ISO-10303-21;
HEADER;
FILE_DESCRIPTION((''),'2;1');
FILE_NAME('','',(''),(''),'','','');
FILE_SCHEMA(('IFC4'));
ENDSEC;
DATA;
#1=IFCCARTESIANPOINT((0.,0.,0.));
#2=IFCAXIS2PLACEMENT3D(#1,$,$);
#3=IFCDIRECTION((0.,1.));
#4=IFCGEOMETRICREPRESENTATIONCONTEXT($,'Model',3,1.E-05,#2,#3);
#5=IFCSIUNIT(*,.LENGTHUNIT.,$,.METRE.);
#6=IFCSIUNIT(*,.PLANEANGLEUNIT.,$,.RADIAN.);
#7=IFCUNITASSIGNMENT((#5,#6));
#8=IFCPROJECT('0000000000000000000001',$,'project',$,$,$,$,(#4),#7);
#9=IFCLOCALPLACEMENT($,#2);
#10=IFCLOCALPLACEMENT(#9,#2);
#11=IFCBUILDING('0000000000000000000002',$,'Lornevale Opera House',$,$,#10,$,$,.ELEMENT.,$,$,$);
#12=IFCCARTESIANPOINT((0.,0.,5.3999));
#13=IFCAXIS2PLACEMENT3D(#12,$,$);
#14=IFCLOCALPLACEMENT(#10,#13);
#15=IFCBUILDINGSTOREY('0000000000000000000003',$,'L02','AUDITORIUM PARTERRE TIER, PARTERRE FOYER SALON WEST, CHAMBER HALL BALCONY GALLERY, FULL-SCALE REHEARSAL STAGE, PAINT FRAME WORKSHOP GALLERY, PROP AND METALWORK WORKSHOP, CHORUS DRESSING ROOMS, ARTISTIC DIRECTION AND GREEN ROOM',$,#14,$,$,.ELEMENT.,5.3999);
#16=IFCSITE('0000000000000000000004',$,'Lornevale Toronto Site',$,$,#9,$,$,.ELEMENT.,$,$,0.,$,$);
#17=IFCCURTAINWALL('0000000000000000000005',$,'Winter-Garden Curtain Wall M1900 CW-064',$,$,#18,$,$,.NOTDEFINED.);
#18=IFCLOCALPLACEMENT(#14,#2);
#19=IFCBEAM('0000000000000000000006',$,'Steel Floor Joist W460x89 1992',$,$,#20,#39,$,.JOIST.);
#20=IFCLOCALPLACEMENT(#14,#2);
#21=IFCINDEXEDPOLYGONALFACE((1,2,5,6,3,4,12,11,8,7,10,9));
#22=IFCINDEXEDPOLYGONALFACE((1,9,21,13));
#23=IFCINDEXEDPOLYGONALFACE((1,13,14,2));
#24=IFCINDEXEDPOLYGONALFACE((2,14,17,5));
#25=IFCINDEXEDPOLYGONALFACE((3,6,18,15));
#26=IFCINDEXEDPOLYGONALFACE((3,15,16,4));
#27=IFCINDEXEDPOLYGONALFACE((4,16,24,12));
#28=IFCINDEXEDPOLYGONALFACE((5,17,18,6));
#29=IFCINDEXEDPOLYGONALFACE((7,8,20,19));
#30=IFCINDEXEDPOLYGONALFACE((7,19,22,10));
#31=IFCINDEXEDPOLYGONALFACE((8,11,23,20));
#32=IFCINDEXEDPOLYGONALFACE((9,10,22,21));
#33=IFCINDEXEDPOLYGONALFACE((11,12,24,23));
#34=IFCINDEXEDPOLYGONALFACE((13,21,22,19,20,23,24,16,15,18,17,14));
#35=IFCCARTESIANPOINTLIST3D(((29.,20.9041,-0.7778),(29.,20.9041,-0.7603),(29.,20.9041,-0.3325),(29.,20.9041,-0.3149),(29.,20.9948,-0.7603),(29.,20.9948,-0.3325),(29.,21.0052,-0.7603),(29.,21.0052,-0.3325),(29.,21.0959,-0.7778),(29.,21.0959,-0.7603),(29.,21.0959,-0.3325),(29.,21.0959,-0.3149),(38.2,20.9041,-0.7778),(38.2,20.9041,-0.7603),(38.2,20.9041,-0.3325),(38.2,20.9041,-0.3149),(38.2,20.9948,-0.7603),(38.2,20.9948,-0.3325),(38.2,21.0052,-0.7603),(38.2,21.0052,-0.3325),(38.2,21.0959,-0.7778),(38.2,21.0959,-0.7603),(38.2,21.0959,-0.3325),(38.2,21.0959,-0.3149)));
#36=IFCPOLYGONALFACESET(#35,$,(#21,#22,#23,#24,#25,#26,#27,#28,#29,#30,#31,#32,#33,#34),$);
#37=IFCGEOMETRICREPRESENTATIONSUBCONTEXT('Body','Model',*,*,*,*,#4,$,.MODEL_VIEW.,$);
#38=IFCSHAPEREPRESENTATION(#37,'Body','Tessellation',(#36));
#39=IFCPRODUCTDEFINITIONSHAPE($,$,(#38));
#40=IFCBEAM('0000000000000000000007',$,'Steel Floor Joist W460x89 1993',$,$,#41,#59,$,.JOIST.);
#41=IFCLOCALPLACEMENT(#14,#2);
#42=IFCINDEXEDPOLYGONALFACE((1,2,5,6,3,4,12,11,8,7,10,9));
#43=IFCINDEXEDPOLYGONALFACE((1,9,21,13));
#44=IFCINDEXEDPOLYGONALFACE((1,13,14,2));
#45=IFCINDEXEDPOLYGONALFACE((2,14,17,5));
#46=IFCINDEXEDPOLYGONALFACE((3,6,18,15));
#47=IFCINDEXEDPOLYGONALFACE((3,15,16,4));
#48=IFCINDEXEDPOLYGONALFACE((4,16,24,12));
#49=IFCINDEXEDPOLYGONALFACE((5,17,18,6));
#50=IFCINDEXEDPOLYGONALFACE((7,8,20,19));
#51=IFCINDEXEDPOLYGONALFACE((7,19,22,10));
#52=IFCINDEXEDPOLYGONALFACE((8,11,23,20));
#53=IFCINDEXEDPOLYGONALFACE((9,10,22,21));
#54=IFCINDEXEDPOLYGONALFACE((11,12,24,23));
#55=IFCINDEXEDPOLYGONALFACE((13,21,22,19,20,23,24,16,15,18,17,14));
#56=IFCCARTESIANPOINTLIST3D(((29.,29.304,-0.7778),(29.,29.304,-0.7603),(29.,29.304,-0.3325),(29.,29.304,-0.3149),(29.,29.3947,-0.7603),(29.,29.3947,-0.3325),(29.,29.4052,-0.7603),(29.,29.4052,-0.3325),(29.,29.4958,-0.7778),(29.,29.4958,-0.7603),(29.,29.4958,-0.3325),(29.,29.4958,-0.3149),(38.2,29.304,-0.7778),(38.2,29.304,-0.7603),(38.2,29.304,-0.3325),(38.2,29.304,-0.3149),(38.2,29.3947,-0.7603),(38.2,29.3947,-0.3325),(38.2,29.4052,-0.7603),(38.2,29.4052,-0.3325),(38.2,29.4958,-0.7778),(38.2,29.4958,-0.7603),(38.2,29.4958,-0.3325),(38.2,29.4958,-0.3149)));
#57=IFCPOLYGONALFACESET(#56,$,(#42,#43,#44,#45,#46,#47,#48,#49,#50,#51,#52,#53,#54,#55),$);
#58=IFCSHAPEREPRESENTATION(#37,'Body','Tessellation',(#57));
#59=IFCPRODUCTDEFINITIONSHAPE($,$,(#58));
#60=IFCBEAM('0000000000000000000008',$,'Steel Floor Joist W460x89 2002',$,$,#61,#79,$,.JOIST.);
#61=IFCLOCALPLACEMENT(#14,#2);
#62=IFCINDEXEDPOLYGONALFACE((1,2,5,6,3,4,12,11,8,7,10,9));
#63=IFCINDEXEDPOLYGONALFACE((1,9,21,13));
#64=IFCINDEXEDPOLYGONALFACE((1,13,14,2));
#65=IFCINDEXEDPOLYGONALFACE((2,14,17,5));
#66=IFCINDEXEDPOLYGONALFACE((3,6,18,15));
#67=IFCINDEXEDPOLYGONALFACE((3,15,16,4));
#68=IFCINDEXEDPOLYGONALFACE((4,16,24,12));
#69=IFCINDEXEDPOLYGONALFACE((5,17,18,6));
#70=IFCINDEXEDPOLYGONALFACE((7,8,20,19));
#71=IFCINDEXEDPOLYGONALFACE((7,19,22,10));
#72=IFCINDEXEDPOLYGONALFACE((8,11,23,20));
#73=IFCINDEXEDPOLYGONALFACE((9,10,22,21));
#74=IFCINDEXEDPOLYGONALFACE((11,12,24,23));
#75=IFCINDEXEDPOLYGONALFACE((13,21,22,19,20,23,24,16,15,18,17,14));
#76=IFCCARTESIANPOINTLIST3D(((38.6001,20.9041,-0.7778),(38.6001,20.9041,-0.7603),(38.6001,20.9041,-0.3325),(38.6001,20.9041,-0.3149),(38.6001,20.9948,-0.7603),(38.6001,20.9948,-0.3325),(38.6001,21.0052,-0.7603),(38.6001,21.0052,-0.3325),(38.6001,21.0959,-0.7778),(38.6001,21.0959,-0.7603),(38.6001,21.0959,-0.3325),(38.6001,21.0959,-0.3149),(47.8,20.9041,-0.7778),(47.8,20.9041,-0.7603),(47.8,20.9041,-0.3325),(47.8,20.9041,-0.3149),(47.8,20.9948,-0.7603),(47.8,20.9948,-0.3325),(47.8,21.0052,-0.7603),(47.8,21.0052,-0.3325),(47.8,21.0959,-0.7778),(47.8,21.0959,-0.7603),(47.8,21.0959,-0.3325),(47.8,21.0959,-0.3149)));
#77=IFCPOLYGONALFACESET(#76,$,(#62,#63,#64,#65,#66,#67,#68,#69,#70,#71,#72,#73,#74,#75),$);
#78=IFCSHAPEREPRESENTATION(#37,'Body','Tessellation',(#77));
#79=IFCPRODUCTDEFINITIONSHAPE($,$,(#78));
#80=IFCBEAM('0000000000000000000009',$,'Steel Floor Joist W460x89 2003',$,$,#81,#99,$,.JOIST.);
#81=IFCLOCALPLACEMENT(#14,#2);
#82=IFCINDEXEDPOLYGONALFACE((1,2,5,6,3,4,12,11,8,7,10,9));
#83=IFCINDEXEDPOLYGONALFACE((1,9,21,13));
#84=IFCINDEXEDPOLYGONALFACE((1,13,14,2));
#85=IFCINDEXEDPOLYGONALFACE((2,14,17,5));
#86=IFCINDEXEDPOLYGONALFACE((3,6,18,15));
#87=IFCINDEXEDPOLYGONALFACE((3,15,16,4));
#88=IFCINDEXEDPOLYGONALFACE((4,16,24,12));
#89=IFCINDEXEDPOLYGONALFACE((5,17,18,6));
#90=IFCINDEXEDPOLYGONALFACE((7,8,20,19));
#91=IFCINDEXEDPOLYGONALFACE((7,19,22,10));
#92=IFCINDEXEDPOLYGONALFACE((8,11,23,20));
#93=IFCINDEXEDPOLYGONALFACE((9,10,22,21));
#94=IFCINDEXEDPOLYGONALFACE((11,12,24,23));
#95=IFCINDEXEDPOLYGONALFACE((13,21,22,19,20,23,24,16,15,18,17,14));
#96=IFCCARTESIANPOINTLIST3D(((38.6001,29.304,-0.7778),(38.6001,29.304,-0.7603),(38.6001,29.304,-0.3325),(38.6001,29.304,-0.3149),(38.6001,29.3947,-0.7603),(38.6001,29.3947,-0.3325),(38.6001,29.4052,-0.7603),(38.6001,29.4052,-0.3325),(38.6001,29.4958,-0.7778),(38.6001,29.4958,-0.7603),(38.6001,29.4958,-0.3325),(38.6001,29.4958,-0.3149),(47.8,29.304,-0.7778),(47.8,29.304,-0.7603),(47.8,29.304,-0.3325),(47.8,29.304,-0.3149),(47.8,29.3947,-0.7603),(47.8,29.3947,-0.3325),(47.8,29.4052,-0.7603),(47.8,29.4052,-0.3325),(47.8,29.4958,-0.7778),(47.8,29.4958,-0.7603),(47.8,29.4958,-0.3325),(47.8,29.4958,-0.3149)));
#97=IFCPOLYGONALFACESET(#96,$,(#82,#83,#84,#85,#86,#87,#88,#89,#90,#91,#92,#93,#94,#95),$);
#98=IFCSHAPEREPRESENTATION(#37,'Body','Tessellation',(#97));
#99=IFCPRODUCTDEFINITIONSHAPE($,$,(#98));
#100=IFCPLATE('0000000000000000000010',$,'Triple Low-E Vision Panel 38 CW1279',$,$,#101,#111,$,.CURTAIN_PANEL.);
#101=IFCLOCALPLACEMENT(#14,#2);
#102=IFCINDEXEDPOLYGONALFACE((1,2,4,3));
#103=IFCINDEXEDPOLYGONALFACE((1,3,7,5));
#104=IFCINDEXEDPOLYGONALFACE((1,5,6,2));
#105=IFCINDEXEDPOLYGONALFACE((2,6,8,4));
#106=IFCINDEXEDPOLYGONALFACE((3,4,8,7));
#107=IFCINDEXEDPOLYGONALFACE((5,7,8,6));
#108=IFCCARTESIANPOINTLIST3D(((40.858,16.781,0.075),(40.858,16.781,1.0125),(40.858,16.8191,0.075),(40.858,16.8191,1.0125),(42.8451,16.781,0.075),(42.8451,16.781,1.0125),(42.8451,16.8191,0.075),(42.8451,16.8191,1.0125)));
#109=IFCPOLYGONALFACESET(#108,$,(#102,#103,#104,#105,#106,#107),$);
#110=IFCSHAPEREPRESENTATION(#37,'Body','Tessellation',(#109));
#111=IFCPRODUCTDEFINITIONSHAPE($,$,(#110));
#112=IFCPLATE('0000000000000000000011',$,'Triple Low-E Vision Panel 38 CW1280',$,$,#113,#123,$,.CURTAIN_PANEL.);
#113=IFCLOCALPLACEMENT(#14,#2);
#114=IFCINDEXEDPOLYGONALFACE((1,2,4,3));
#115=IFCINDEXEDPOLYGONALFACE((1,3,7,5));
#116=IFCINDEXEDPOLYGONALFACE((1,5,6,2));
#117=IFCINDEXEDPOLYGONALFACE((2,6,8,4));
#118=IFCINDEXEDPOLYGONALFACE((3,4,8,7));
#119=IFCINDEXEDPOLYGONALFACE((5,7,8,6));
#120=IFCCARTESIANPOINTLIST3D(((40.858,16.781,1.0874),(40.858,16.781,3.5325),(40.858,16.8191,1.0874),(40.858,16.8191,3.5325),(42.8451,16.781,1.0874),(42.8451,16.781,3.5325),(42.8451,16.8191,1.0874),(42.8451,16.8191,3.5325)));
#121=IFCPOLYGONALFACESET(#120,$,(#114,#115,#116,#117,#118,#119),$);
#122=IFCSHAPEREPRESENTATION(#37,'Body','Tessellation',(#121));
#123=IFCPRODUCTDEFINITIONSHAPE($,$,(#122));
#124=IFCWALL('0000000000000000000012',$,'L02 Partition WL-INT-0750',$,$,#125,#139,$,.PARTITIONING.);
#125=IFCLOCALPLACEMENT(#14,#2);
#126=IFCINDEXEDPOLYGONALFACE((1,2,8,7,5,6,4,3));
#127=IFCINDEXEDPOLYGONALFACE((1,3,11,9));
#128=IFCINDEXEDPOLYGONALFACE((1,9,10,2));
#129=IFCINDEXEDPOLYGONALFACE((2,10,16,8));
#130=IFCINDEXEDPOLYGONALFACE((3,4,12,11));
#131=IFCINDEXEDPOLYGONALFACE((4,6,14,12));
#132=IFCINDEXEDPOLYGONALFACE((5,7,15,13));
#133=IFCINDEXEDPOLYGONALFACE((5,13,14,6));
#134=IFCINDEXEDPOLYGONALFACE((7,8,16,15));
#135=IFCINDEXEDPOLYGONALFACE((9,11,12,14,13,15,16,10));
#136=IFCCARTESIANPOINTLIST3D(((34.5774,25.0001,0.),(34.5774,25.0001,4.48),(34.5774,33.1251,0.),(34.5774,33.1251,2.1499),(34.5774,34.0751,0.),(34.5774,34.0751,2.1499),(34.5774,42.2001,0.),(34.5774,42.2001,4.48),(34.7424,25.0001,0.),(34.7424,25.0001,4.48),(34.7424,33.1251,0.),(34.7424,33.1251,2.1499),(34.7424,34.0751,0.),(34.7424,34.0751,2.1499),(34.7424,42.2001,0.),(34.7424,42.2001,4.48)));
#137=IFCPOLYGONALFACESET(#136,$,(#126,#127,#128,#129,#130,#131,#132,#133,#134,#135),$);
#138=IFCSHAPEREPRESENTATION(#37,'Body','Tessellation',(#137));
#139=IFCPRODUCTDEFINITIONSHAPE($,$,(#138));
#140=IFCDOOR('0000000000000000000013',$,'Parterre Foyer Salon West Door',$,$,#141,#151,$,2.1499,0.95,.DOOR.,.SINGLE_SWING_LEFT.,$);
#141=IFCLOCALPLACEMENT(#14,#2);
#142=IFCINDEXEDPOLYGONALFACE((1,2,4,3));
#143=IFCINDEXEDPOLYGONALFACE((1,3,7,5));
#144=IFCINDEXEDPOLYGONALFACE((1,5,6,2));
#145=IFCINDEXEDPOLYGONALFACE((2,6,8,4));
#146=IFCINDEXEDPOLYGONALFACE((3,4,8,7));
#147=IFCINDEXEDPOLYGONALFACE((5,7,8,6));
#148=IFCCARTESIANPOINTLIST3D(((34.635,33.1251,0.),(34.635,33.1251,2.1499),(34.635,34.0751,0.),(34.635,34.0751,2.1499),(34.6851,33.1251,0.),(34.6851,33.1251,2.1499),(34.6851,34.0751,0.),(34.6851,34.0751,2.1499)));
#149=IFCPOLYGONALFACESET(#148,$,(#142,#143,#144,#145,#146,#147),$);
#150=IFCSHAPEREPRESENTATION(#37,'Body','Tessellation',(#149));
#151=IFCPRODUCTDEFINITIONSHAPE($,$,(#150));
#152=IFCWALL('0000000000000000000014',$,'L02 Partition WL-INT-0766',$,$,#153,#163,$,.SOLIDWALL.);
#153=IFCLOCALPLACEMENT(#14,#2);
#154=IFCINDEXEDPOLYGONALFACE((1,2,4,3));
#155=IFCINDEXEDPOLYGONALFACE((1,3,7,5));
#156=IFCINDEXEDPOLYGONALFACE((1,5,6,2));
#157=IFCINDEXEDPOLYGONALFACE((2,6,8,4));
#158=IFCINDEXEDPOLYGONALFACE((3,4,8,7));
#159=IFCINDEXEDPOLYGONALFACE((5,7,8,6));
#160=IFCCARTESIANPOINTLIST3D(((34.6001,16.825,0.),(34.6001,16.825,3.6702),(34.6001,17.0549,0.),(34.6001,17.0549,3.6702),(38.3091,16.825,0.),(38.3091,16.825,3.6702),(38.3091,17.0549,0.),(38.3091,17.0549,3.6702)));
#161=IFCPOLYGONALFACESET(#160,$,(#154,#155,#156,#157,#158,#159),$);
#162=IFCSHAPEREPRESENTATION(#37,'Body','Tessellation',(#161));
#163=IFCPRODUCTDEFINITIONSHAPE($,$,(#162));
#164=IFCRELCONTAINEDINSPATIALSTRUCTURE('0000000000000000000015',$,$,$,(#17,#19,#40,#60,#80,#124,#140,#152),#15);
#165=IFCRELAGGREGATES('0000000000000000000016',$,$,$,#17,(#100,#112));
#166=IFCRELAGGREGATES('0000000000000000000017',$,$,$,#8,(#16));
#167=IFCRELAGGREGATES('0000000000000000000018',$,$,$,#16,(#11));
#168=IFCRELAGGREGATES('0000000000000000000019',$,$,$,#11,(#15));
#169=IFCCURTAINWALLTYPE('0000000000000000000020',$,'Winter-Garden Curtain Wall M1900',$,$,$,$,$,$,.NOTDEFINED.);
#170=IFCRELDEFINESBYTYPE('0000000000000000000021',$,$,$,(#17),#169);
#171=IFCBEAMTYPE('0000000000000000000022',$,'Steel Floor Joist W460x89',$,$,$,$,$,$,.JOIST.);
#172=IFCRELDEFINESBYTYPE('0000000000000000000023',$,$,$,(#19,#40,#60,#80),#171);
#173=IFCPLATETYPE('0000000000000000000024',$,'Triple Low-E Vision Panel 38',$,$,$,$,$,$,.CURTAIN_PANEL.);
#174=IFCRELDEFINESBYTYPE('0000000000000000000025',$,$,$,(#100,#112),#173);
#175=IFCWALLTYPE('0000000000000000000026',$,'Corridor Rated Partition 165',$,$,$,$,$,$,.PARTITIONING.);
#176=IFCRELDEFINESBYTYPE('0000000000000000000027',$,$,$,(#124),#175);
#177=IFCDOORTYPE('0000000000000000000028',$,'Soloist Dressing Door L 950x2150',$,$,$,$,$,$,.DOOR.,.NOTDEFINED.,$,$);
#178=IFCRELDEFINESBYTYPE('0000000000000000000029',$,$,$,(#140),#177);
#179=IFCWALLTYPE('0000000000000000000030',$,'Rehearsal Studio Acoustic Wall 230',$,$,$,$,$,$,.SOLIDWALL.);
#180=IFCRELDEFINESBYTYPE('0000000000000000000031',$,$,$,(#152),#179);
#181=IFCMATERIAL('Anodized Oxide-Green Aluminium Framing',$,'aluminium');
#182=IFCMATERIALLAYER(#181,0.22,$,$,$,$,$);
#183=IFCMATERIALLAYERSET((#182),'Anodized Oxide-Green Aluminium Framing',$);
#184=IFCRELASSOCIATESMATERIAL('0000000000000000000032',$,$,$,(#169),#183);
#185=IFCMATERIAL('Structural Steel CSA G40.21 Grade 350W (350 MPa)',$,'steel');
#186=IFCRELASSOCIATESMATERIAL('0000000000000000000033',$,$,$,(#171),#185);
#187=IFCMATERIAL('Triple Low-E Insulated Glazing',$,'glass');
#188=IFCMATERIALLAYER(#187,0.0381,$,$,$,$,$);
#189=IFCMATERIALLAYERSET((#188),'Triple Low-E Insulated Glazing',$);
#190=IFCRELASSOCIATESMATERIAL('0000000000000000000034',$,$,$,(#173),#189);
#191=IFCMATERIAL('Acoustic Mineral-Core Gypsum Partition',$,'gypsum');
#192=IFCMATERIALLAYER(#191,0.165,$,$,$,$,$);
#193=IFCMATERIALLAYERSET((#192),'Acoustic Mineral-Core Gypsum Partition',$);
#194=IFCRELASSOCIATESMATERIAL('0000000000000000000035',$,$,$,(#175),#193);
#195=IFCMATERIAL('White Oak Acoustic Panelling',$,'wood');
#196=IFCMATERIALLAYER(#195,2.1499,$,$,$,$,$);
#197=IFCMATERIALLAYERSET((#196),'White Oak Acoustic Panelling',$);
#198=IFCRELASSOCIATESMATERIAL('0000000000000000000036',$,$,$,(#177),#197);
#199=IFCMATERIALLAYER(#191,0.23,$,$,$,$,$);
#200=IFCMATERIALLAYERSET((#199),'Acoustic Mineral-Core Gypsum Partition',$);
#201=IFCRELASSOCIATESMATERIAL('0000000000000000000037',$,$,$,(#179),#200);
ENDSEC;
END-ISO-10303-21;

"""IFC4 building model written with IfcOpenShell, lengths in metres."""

from ifc_helpers import new_model, si_unit, direction, frame, frame_2d, origin, origin_2d, place, context, subcontext, project, spatial, rectangle, i_section, extrude, material, layer, layer_set, material_profile, profile_set, type_object, element, fill, aggregate, save


model = new_model("IFC4")

# Units and contexts
model_context = context("Model", 3, precision=1e-05, world=origin(), true_north=direction((0.0, 1.0)))
body_context = subcontext(model_context, "Body", "Model", "MODEL_VIEW")
ifc_project = project(units=[si_unit("LENGTHUNIT", "METRE"), si_unit("PLANEANGLEUNIT", "RADIAN")], contexts=[model_context])

# Site, building, storey
site_placement = place(None, origin())
site = spatial("IfcSite", under=ifc_project, at=site_placement, Name="Lornevale Toronto Site", CompositionType="ELEMENT", RefElevation=0.0)
building_placement = place(site_placement, origin())
building = spatial("IfcBuilding", under=site, at=building_placement, Name="Lornevale Opera House", CompositionType="ELEMENT")
storey_placement = place(building_placement, frame((0.0, 0.0, 5.3999)))
storey = spatial("IfcBuildingStorey", under=building, at=storey_placement, Name="L02", Description="AUDITORIUM PARTERRE TIER, PARTERRE FOYER SALON WEST, CHAMBER HALL BALCONY GALLERY, FULL-SCALE REHEARSAL STAGE, PAINT FRAME WORKSHOP GALLERY, PROP AND METALWORK WORKSHOP, CHORUS DRESSING ROOMS, ARTISTIC DIRECTION AND GREEN ROOM", CompositionType="ELEMENT", Elevation=5.3999)

# Curtain wall
ifc_material_1 = material(Name="Anodized Oxide-Green Aluminium Framing", Category="aluminium")
ifc_layer_1 = layer(ifc_material_1, 0.22)
ifc_layer_set_1 = layer_set([ifc_layer_1], Name="Anodized Oxide-Green Aluminium Framing")
curtain_wall_type = type_object("IfcCurtainWallType", Name="Winter-Garden Curtain Wall M1900", PredefinedType="NOTDEFINED", material=ifc_layer_set_1)
curtain_wall_placement = place(storey_placement, origin())
curtain_wall = element("IfcCurtainWall", 1, at=curtain_wall_placement, inside=storey, type_object=curtain_wall_type, Name="Winter-Garden Curtain Wall M1900 CW-064", PredefinedType="NOTDEFINED")

# Beams
ifc_material_2 = material(Name="Structural Steel CSA G40.21 Grade 350W (350 MPa)", Category="steel")
ifc_material_profile_1 = material_profile(ifc_material_2, i_section(OverallWidth=0.1919, OverallDepth=0.4629, WebThickness=0.0105, FlangeThickness=0.0176, at=origin_2d()), Name="W460x89")
ifc_profile_set_1 = profile_set([ifc_material_profile_1], Name="Structural Steel CSA G40.21 Grade 350W (350 MPa)")
beam_type_1 = type_object("IfcBeamType", Name="Steel Floor Joist W460x89", PredefinedType="JOIST", material=ifc_profile_set_1)
for number, where, z_axis, x_axis, name in (
    (2, (29.0, 21.0, -0.5464), (1.0, 0.0, 0.0), (0.0, 1.0, 0.0), "Steel Floor Joist W460x89 1992"),
    (3, (29.0, 29.3999, -0.5464), (1.0, 0.0, 0.0), (0.0, 1.0, 0.0), "Steel Floor Joist W460x89 1993"),
    (4, (38.6001, 21.0, -0.5464), (1.0, 0.0, 0.0), (0.0, 1.0, 0.0), "Steel Floor Joist W460x89 2002"),
    (5, (38.6001, 29.3999, -0.5464), (1.0, 0.0, 0.0), (0.0, 1.0, 0.0), "Steel Floor Joist W460x89 2003"),
):
    element("IfcBeam", number, at=place(storey_placement, frame(where, z_axis=z_axis, x_axis=x_axis)), inside=storey, type_object=beam_type_1, Name=name, PredefinedType="JOIST", context=body_context, shape_type="SweptSolid", body=[
        extrude(i_section(OverallWidth=0.1919, OverallDepth=0.4629, WebThickness=0.0105, FlangeThickness=0.0176, at=origin_2d()), origin(), (0.0, 0.0, 1.0), 9.2),
    ])

# Plates
ifc_material_3 = material(Name="Triple Low-E Insulated Glazing", Category="glass")
ifc_layer_2 = layer(ifc_material_3, 0.0381)
ifc_layer_set_2 = layer_set([ifc_layer_2], Name="Triple Low-E Insulated Glazing")
plate_type = type_object("IfcPlateType", Name="Triple Low-E Vision Panel 38", PredefinedType="CURTAIN_PANEL", material=ifc_layer_set_2)
plate_1_placement = place(storey_placement, frame((41.8516, 16.8, 0.075), z_axis=(0.0, 0.0, 1.0), x_axis=(-1.0, 0.0, 0.0)))
plate_1 = element("IfcPlate", 6, at=plate_1_placement, type_object=plate_type, Name="Triple Low-E Vision Panel 38 CW1279", PredefinedType="CURTAIN_PANEL", context=body_context, shape_type="SweptSolid", body=[
    extrude(rectangle(XDim=1.9871, YDim=0.0381, at=origin_2d()), origin(), (0.0, 0.0, 1.0), 0.9375),
])
plate_2_placement = place(storey_placement, frame((41.8516, 16.8, 1.0874), z_axis=(0.0, 0.0, 1.0), x_axis=(-1.0, 0.0, 0.0)))
plate_2 = element("IfcPlate", 7, at=plate_2_placement, type_object=plate_type, Name="Triple Low-E Vision Panel 38 CW1280", PredefinedType="CURTAIN_PANEL", context=body_context, shape_type="SweptSolid", body=[
    extrude(rectangle(XDim=1.9871, YDim=0.0381, at=origin_2d()), origin(), (0.0, 0.0, 1.0), 2.4451),
])
aggregate(curtain_wall, [plate_1, plate_2])

# Wall, opening, door
ifc_material_4 = material(Name="Acoustic Mineral-Core Gypsum Partition", Category="gypsum")
ifc_layer_3 = layer(ifc_material_4, 0.165)
ifc_layer_set_3 = layer_set([ifc_layer_3], Name="Acoustic Mineral-Core Gypsum Partition")
wall_type_1 = type_object("IfcWallType", Name="Corridor Rated Partition 165", PredefinedType="PARTITIONING", material=ifc_layer_set_3)
wall_1_placement = place(storey_placement, frame((34.6599, 25.0, 0.0), z_axis=(0.0, 0.0, 1.0), x_axis=(0.0, 1.0, 0.0)))
wall_1 = element("IfcWall", 8, at=wall_1_placement, inside=storey, type_object=wall_type_1, Name="L02 Partition WL-INT-0750", PredefinedType="PARTITIONING", context=body_context, shape_type="SweptSolid", body=[
    extrude(rectangle(XDim=17.2, YDim=0.165, at=frame_2d((8.6001, 0.0))), origin(), (0.0, 0.0, 1.0), 4.48),
])
opening_1_placement = place(wall_1_placement, frame((8.125, 0.0, 0.0)))
opening_1 = element("IfcOpeningElement", 9, at=opening_1_placement, cuts=wall_1, PredefinedType="OPENING", context=body_context, shape_type="SweptSolid", body=[
    extrude(rectangle(XDim=0.95, YDim=2.1499, at=frame_2d((0.4751, 1.075))), frame((0.0, 0.0925, 0.0), z_axis=(0.0, -1.0, 0.0), x_axis=(1.0, 0.0, 0.0)), (0.0, 0.0, 1.0), 0.1851),
])
ifc_material_5 = material(Name="White Oak Acoustic Panelling", Category="wood")
ifc_layer_4 = layer(ifc_material_5, 2.1499)
ifc_layer_set_4 = layer_set([ifc_layer_4], Name="White Oak Acoustic Panelling")
door_type_1 = type_object("IfcDoorType", Name="Soloist Dressing Door L 950x2150", OperationType="NOTDEFINED", PredefinedType="DOOR", material=ifc_layer_set_4)
door_1_placement = place(opening_1_placement, origin())
door_1 = element("IfcDoor", 10, at=door_1_placement, inside=storey, type_object=door_type_1, Name="Parterre Foyer Salon West Door", OperationType="SINGLE_SWING_LEFT", OverallHeight=2.1499, OverallWidth=0.95, PredefinedType="DOOR", context=body_context, shape_type="SweptSolid", body=[
    extrude(rectangle(XDim=0.95, YDim=2.1499, at=frame_2d((0.4751, 1.075))), frame((0.0, 0.0249, 0.0), z_axis=(0.0, -1.0, 0.0), x_axis=(1.0, 0.0, 0.0)), (0.0, 0.0, 1.0), 0.05),
])
fill(opening_1, door_1)

# Wall
ifc_layer_5 = layer(ifc_material_4, 0.23)
ifc_layer_set_5 = layer_set([ifc_layer_5], Name="Acoustic Mineral-Core Gypsum Partition")
wall_type_2 = type_object("IfcWallType", Name="Rehearsal Studio Acoustic Wall 230", PredefinedType="SOLIDWALL", material=ifc_layer_set_5)
wall_2_placement = place(storey_placement, frame((34.6001, 16.9399, 0.0), z_axis=(0.0, 0.0, 1.0), x_axis=(1.0, 0.0, 0.0)))
element("IfcWall", 11, at=wall_2_placement, inside=storey, type_object=wall_type_2, Name="L02 Partition WL-INT-0766", PredefinedType="SOLIDWALL", context=body_context, shape_type="SweptSolid", body=[
    extrude(rectangle(XDim=3.709, YDim=0.23, at=frame_2d((1.8545, 0.0))), origin(), (0.0, 0.0, 1.0), 3.6702),
])

save(model, "model.ifc")
